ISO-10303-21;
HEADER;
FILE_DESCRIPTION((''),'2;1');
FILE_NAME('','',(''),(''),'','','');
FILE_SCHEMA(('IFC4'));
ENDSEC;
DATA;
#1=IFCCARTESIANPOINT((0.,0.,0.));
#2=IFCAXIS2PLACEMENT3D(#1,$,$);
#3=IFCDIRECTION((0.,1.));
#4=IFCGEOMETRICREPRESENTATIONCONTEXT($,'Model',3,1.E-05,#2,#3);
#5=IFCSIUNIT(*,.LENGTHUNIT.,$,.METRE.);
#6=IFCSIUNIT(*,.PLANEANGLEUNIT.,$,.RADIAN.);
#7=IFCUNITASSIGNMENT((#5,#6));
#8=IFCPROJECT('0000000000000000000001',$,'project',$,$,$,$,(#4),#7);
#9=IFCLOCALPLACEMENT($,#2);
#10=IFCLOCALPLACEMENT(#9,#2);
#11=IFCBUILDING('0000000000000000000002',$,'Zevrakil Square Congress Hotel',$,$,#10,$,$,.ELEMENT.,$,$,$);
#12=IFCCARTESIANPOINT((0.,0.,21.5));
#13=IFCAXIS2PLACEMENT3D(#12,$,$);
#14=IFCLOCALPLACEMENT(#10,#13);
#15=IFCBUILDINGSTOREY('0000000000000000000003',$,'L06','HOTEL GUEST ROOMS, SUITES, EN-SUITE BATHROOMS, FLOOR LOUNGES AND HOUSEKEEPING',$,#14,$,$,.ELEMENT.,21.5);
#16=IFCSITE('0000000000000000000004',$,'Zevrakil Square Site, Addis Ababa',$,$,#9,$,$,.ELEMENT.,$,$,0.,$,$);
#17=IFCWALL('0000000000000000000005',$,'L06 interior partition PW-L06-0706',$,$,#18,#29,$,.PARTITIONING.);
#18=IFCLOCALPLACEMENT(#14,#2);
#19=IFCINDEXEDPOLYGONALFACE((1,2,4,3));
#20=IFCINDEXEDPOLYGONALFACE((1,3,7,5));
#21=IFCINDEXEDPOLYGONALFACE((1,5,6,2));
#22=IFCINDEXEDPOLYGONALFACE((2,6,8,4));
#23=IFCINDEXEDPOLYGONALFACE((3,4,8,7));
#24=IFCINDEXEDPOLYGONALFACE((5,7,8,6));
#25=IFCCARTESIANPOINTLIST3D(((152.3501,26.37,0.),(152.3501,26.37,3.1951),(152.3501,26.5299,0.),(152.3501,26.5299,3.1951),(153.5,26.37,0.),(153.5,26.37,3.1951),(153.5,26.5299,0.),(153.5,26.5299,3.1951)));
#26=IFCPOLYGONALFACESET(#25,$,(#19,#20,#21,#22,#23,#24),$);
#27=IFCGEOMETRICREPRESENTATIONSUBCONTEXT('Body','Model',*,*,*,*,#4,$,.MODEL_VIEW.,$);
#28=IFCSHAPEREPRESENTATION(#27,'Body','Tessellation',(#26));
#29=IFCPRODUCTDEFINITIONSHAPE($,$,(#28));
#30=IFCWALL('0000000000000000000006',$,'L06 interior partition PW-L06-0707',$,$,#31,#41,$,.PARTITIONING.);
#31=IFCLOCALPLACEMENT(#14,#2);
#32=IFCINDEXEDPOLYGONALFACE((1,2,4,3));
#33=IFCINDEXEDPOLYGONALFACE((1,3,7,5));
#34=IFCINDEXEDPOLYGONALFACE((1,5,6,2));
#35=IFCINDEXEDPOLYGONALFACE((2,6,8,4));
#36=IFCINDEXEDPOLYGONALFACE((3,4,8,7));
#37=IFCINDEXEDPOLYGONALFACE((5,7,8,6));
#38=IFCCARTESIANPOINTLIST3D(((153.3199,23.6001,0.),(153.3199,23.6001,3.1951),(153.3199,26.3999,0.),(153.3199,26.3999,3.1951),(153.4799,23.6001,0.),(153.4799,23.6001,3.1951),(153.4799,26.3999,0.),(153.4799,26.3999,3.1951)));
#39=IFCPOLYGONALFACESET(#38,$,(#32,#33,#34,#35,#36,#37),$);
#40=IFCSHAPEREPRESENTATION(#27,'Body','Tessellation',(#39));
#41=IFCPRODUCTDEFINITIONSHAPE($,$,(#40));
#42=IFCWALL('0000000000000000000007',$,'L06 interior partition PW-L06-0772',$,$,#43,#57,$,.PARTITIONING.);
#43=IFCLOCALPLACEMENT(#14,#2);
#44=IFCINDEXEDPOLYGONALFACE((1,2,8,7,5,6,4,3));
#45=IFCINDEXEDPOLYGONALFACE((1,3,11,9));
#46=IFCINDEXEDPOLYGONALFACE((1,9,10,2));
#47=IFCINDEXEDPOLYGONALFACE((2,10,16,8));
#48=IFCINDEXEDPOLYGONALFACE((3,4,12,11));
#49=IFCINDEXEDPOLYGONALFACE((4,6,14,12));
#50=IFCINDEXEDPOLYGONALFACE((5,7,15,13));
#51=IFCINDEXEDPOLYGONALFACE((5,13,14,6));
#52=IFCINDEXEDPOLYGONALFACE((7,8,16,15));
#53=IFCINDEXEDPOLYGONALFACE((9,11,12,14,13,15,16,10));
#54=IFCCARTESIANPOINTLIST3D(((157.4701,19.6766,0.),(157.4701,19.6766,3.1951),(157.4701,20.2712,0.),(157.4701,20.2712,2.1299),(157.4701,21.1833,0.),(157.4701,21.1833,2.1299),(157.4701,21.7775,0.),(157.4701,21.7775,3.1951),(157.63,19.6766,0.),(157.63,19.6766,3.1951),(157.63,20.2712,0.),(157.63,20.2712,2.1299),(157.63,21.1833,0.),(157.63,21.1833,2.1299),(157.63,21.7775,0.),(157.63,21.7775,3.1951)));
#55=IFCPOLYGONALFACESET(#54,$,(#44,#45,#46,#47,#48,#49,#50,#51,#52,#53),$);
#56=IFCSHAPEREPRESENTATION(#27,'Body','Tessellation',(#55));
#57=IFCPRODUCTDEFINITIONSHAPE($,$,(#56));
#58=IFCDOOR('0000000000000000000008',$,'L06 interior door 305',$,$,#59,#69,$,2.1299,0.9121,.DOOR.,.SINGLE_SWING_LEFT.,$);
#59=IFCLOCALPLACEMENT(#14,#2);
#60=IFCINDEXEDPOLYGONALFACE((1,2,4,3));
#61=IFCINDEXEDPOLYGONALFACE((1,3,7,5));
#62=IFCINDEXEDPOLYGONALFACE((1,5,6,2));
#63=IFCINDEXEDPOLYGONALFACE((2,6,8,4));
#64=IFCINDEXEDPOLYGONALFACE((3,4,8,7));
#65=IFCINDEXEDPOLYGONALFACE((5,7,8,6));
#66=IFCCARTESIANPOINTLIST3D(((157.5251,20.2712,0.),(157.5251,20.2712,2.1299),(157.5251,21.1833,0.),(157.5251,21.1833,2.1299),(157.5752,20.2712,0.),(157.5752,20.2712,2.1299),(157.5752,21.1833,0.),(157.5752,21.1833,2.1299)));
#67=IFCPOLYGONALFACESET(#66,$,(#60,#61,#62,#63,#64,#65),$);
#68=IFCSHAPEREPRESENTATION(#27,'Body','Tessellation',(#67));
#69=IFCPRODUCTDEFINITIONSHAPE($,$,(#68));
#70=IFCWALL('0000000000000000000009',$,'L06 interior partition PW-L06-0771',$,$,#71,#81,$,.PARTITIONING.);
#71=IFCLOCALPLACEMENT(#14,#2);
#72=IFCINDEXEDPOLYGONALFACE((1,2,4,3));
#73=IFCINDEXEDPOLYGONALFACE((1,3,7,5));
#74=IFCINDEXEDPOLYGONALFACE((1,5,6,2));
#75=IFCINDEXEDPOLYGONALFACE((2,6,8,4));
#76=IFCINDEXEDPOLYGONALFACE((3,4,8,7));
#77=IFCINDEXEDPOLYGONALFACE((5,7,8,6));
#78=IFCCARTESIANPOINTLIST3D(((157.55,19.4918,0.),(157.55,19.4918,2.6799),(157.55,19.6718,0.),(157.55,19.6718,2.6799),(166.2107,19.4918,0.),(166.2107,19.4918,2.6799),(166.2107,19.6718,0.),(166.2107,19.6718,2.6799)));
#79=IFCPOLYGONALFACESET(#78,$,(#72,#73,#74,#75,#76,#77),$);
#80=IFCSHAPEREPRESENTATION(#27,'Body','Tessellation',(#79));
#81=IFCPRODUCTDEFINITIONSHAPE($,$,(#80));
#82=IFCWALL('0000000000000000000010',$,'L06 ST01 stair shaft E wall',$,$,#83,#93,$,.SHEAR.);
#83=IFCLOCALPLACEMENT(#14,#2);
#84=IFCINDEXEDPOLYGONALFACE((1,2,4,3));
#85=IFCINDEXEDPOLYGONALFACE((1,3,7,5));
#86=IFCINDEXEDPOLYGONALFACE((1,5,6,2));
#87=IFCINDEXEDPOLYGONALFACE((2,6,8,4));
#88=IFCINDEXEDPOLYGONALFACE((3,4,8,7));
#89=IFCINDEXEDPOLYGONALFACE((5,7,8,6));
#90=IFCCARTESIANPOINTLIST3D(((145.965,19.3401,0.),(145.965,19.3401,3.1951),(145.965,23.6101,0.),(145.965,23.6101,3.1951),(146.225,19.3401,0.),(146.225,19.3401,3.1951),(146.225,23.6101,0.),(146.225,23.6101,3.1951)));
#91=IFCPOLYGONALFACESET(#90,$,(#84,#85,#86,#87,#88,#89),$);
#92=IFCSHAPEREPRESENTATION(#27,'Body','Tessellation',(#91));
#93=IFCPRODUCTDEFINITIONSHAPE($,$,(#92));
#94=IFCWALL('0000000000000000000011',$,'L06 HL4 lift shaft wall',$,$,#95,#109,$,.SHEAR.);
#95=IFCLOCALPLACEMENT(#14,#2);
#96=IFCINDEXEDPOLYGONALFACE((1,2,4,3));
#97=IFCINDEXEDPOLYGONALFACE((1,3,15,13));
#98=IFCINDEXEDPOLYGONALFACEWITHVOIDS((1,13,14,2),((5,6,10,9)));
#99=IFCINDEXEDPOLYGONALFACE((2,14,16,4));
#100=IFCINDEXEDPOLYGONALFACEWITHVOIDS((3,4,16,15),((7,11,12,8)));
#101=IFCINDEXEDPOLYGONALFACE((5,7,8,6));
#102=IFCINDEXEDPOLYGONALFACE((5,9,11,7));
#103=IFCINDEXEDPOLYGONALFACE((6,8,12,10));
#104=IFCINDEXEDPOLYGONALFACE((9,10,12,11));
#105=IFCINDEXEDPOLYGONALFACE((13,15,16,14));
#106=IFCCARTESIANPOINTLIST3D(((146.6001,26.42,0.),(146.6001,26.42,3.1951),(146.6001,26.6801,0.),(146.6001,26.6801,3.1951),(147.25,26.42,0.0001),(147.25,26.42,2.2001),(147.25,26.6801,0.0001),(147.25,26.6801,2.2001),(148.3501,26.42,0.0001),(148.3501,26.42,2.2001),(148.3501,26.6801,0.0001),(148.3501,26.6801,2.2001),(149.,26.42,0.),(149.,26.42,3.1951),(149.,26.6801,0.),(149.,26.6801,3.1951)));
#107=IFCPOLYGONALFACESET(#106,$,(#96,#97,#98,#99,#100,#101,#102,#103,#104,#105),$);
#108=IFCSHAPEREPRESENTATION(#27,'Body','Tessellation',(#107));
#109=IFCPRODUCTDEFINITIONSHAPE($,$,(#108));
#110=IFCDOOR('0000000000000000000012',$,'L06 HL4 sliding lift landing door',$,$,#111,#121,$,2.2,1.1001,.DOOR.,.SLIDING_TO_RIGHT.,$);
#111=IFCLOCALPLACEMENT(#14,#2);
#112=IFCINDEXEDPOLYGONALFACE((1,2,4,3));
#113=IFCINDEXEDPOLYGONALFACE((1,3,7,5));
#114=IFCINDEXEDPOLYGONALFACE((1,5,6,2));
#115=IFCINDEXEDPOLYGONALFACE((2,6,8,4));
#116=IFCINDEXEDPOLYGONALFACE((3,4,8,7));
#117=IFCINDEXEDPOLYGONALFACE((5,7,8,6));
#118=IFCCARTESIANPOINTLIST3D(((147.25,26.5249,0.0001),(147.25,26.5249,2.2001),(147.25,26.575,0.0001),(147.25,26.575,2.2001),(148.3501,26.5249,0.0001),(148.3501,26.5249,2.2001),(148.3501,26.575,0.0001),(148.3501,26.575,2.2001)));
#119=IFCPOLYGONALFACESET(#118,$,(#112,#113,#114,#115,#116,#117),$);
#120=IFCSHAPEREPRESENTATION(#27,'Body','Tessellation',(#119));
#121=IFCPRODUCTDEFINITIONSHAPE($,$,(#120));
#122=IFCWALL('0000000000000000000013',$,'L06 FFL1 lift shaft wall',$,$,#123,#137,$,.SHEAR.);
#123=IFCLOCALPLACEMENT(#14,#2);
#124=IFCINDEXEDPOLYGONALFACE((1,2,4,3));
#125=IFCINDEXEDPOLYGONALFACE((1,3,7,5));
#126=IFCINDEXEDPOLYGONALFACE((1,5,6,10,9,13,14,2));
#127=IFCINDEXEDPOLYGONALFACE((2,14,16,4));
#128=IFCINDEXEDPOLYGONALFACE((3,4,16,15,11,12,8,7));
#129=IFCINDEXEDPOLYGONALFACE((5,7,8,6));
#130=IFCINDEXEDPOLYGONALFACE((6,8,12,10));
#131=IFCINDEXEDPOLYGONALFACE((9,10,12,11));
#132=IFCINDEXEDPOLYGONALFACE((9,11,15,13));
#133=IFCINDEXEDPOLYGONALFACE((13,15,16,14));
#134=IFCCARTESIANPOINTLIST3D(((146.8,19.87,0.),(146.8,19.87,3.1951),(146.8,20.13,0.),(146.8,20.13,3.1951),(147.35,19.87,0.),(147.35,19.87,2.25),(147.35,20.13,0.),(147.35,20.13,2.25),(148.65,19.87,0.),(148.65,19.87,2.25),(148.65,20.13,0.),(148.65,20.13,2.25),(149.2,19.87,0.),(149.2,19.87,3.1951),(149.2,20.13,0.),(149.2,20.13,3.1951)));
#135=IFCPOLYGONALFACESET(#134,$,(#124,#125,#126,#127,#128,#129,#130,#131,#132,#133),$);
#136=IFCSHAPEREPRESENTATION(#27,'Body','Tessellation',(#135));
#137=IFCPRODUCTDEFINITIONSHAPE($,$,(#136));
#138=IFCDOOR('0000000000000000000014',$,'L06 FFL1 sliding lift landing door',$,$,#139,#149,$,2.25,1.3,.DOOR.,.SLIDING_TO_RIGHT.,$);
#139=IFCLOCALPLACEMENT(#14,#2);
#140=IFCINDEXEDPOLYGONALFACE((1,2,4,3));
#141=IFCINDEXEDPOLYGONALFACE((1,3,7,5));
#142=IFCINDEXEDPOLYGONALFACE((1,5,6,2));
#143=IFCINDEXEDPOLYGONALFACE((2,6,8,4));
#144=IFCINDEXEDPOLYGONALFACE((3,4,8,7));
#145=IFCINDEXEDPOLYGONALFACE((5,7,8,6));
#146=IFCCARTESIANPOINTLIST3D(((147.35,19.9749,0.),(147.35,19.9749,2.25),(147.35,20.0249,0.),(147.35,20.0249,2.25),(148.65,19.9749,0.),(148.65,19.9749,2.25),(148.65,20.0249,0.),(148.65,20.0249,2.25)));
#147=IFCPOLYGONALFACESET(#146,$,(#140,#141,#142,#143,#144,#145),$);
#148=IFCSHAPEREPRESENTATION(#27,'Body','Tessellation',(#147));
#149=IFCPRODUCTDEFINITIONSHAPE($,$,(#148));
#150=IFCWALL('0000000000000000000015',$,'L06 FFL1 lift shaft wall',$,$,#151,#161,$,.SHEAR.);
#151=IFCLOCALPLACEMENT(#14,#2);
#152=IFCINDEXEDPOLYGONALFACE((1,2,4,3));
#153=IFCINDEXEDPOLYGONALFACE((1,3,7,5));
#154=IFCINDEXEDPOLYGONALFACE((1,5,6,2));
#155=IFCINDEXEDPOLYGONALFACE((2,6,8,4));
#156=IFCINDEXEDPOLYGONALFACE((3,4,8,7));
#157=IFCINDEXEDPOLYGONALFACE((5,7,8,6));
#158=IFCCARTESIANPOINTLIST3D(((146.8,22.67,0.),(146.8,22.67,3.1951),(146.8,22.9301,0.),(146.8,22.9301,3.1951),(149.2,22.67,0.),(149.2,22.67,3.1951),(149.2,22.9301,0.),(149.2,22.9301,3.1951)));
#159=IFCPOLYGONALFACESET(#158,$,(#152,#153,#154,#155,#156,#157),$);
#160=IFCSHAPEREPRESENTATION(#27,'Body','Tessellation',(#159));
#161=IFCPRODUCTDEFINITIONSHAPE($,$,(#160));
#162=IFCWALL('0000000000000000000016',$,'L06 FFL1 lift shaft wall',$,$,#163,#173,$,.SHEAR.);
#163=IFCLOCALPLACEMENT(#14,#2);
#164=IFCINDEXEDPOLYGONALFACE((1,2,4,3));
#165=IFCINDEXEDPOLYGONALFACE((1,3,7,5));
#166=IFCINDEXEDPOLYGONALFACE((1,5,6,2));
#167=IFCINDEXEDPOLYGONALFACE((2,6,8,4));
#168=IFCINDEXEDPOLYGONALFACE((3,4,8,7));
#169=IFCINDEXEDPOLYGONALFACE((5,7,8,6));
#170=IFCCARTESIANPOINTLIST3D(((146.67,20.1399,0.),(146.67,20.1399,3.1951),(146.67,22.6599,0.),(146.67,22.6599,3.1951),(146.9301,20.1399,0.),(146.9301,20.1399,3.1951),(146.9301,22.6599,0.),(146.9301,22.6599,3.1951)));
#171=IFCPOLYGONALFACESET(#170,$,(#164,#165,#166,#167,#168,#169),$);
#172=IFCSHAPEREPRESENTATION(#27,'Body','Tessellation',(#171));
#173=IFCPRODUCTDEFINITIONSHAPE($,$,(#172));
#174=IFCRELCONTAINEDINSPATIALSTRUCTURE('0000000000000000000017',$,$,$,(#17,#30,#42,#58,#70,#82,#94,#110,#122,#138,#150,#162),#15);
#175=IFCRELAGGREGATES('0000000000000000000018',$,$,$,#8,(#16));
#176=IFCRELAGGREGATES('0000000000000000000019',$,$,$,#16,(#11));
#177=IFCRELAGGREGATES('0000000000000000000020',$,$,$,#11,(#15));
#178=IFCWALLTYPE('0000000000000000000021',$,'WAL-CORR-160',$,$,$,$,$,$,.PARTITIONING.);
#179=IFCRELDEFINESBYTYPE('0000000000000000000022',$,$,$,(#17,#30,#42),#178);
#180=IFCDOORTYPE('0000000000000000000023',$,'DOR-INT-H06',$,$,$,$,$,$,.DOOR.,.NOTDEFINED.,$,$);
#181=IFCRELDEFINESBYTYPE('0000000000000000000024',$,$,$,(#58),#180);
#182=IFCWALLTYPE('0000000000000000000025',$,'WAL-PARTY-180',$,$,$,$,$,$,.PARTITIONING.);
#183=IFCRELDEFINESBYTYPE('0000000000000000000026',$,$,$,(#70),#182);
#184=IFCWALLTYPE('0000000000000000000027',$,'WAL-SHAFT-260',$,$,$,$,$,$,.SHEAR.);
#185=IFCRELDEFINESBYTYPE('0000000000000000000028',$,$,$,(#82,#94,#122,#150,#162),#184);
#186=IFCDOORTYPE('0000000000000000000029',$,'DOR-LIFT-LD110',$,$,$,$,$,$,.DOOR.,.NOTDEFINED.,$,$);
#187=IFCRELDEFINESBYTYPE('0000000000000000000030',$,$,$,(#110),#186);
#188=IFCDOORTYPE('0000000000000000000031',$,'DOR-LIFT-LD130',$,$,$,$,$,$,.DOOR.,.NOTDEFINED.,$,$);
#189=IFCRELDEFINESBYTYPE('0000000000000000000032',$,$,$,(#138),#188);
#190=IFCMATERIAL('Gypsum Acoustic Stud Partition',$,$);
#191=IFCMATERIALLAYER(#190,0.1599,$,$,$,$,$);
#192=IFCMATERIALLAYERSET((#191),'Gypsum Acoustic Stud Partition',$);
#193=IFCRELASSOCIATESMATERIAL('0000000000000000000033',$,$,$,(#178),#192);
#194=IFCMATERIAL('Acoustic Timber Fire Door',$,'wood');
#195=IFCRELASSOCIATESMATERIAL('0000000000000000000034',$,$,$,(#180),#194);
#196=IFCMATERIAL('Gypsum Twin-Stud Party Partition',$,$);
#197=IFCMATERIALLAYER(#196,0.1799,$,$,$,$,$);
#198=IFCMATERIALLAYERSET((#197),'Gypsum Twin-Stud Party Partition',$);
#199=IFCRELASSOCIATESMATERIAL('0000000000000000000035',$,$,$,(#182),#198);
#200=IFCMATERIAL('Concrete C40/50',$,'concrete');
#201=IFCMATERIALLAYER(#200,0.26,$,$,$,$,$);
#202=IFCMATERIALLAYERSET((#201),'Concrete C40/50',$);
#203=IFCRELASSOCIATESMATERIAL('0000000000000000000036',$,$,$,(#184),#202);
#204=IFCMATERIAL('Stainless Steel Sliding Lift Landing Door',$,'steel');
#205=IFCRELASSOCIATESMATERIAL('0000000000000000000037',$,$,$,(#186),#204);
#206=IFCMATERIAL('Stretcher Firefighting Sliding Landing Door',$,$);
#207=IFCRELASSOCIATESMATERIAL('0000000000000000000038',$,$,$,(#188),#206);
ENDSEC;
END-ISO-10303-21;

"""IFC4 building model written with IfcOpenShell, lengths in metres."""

from ifc_helpers import new_model, si_unit, direction, frame, frame_2d, origin, place, context, subcontext, project, spatial, rectangle, extrude, material, layer, layer_set, type_object, element, fill, save


model = new_model("IFC4")

# Units and contexts
model_context = context("Model", 3, precision=1e-05, world=origin(), true_north=direction((0.0, 1.0)))
body_context = subcontext(model_context, "Body", "Model", "MODEL_VIEW")
ifc_project = project(units=[si_unit("LENGTHUNIT", "METRE"), si_unit("PLANEANGLEUNIT", "RADIAN")], contexts=[model_context])

# Site, building, storey
site_placement = place(None, origin())
site = spatial("IfcSite", under=ifc_project, at=site_placement, Name="Zevrakil Square Site, Addis Ababa", CompositionType="ELEMENT", RefElevation=0.0)
building_placement = place(site_placement, origin())
building = spatial("IfcBuilding", under=site, at=building_placement, Name="Zevrakil Square Congress Hotel", CompositionType="ELEMENT")
storey_placement = place(building_placement, frame((0.0, 0.0, 21.5)))
storey = spatial("IfcBuildingStorey", under=building, at=storey_placement, Name="L06", Description="HOTEL GUEST ROOMS, SUITES, EN-SUITE BATHROOMS, FLOOR LOUNGES AND HOUSEKEEPING", CompositionType="ELEMENT", Elevation=21.5)

# Walls
ifc_material_1 = material(Name="Gypsum Acoustic Stud Partition")
ifc_layer_1 = layer(ifc_material_1, 0.1599)
ifc_layer_set_1 = layer_set([ifc_layer_1], Name="Gypsum Acoustic Stud Partition")
wall_type_1 = type_object("IfcWallType", Name="WAL-CORR-160", PredefinedType="PARTITIONING", material=ifc_layer_set_1)
wall_1_placement = place(storey_placement, frame((152.3501, 26.45, 0.0), z_axis=(0.0, 0.0, 1.0), x_axis=(1.0, 0.0, 0.0)))
element("IfcWall", 1, at=wall_1_placement, inside=storey, type_object=wall_type_1, Name="L06 interior partition PW-L06-0706", PredefinedType="PARTITIONING", context=body_context, shape_type="SweptSolid", body=[
    extrude(rectangle(XDim=1.1499, YDim=0.1599, at=frame_2d((0.575, 0.0))), origin(), (0.0, 0.0, 1.0), 3.1951),
])
wall_2_placement = place(storey_placement, frame((153.3999, 23.6001, 0.0), z_axis=(0.0, 0.0, 1.0), x_axis=(0.0, 1.0, 0.0)))
element("IfcWall", 2, at=wall_2_placement, inside=storey, type_object=wall_type_1, Name="L06 interior partition PW-L06-0707", PredefinedType="PARTITIONING", context=body_context, shape_type="SweptSolid", body=[
    extrude(rectangle(XDim=2.7998, YDim=0.1599, at=frame_2d((1.3999, 0.0))), origin(), (0.0, 0.0, 1.0), 3.1951),
])

# Wall, opening, door
wall_3_placement = place(storey_placement, frame((157.55, 19.6768, 0.0), z_axis=(0.0, 0.0, 1.0), x_axis=(0.0, 1.0, 0.0)))
wall_3 = element("IfcWall", 3, at=wall_3_placement, inside=storey, type_object=wall_type_1, Name="L06 interior partition PW-L06-0772", PredefinedType="PARTITIONING", context=body_context, shape_type="SweptSolid", body=[
    extrude(rectangle(XDim=2.1008, YDim=0.1599, at=frame_2d((1.0503, 0.0))), origin(), (0.0, 0.0, 1.0), 3.1951),
])
opening_1_placement = place(wall_3_placement, frame((0.5945, 0.0, 0.0)))
opening_1 = element("IfcOpeningElement", 4, at=opening_1_placement, cuts=wall_3, PredefinedType="OPENING", context=body_context, shape_type="SweptSolid", body=[
    extrude(rectangle(XDim=0.9121, YDim=2.1299, at=frame_2d((0.4561, 1.0649))), frame((0.0, 0.0898, 0.0), z_axis=(0.0, -1.0, 0.0), x_axis=(1.0, 0.0, 0.0)), (0.0, 0.0, 1.0), 0.1799),
])
ifc_material_2 = material(Name="Acoustic Timber Fire Door", Category="wood")
door_type_1 = type_object("IfcDoorType", Name="DOR-INT-H06", OperationType="NOTDEFINED", PredefinedType="DOOR", material=ifc_material_2)
door_1_placement = place(opening_1_placement, origin())
door_1 = element("IfcDoor", 5, at=door_1_placement, inside=storey, type_object=door_type_1, Name="L06 interior door 305", OperationType="SINGLE_SWING_LEFT", OverallHeight=2.1299, OverallWidth=0.9121, PredefinedType="DOOR", context=body_context, shape_type="SweptSolid", body=[
    extrude(rectangle(XDim=0.9121, YDim=2.1299, at=frame_2d((0.4561, 1.0649))), frame((0.0, 0.0249, 0.0), z_axis=(0.0, -1.0, 0.0), x_axis=(1.0, 0.0, 0.0)), (0.0, 0.0, 1.0), 0.05),
])
fill(opening_1, door_1)

# Walls
ifc_material_3 = material(Name="Gypsum Twin-Stud Party Partition")
ifc_layer_2 = layer(ifc_material_3, 0.1799)
ifc_layer_set_2 = layer_set([ifc_layer_2], Name="Gypsum Twin-Stud Party Partition")
wall_type_2 = type_object("IfcWallType", Name="WAL-PARTY-180", PredefinedType="PARTITIONING", material=ifc_layer_set_2)
wall_4_placement = place(storey_placement, frame((157.55, 19.5818, 0.0), z_axis=(0.0, 0.0, 1.0), x_axis=(1.0, 0.0, 0.0)))
element("IfcWall", 6, at=wall_4_placement, inside=storey, type_object=wall_type_2, Name="L06 interior partition PW-L06-0771", PredefinedType="PARTITIONING", context=body_context, shape_type="SweptSolid", body=[
    extrude(rectangle(XDim=8.6606, YDim=0.1799, at=frame_2d((4.3303, 0.0))), origin(), (0.0, 0.0, 1.0), 2.6799),
])
ifc_material_4 = material(Name="Concrete C40/50", Category="concrete")
ifc_layer_3 = layer(ifc_material_4, 0.26)
ifc_layer_set_3 = layer_set([ifc_layer_3], Name="Concrete C40/50")
wall_type_3 = type_object("IfcWallType", Name="WAL-SHAFT-260", PredefinedType="SHEAR", material=ifc_layer_set_3)
wall_5_placement = place(storey_placement, frame((146.095, 19.3401, 0.0), z_axis=(0.0, 0.0, 1.0), x_axis=(0.0, 1.0, 0.0)))
element("IfcWall", 7, at=wall_5_placement, inside=storey, type_object=wall_type_3, Name="L06 ST01 stair shaft E wall", PredefinedType="SHEAR", context=body_context, shape_type="SweptSolid", body=[
    extrude(rectangle(XDim=4.27, YDim=0.26, at=frame_2d((2.135, 0.0))), origin(), (0.0, 0.0, 1.0), 3.1951),
])

# Walls, openings, doors
wall_6_placement = place(storey_placement, frame((146.6001, 26.55, 0.0), z_axis=(0.0, 0.0, 1.0), x_axis=(1.0, 0.0, 0.0)))
wall_6 = element("IfcWall", 8, at=wall_6_placement, inside=storey, type_object=wall_type_3, Name="L06 HL4 lift shaft wall", PredefinedType="SHEAR", context=body_context, shape_type="SweptSolid", body=[
    extrude(rectangle(XDim=2.3999, YDim=0.26, at=frame_2d((1.2, 0.0))), origin(), (0.0, 0.0, 1.0), 3.1951),
])
opening_2_placement = place(wall_6_placement, frame((0.6499, 0.0, 0.0)))
opening_2 = element("IfcOpeningElement", 9, at=opening_2_placement, cuts=wall_6, PredefinedType="OPENING", context=body_context, shape_type="SweptSolid", body=[
    extrude(rectangle(XDim=1.1001, YDim=2.2, at=frame_2d((0.55, 1.1001))), frame((0.0, 0.1401, 0.0), z_axis=(0.0, -1.0, 0.0), x_axis=(1.0, 0.0, 0.0)), (0.0, 0.0, 1.0), 0.28),
])
ifc_material_5 = material(Name="Stainless Steel Sliding Lift Landing Door", Category="steel")
door_type_2 = type_object("IfcDoorType", Name="DOR-LIFT-LD110", OperationType="NOTDEFINED", PredefinedType="DOOR", material=ifc_material_5)
door_2_placement = place(opening_2_placement, origin())
door_2 = element("IfcDoor", 10, at=door_2_placement, inside=storey, type_object=door_type_2, Name="L06 HL4 sliding lift landing door", OperationType="SLIDING_TO_RIGHT", OverallHeight=2.2, OverallWidth=1.1001, PredefinedType="DOOR", context=body_context, shape_type="SweptSolid", body=[
    extrude(rectangle(XDim=1.1001, YDim=2.2, at=frame_2d((0.55, 1.1001))), frame((0.0, 0.0249, 0.0), z_axis=(0.0, -1.0, 0.0), x_axis=(1.0, 0.0, 0.0)), (0.0, 0.0, 1.0), 0.05),
])
fill(opening_2, door_2)
wall_7_placement = place(storey_placement, frame((146.8, 20.0, 0.0), z_axis=(0.0, 0.0, 1.0), x_axis=(1.0, 0.0, 0.0)))
wall_7 = element("IfcWall", 11, at=wall_7_placement, inside=storey, type_object=wall_type_3, Name="L06 FFL1 lift shaft wall", PredefinedType="SHEAR", context=body_context, shape_type="SweptSolid", body=[
    extrude(rectangle(XDim=2.3999, YDim=0.26, at=frame_2d((1.2, 0.0))), origin(), (0.0, 0.0, 1.0), 3.1951),
])
opening_3_placement = place(wall_7_placement, frame((0.55, 0.0, 0.0)))
opening_3 = element("IfcOpeningElement", 12, at=opening_3_placement, cuts=wall_7, PredefinedType="OPENING", context=body_context, shape_type="SweptSolid", body=[
    extrude(rectangle(XDim=1.3, YDim=2.25, at=frame_2d((0.6499, 1.125))), frame((0.0, 0.1401, 0.0), z_axis=(0.0, -1.0, 0.0), x_axis=(1.0, 0.0, 0.0)), (0.0, 0.0, 1.0), 0.28),
])
ifc_material_6 = material(Name="Stretcher Firefighting Sliding Landing Door")
door_type_3 = type_object("IfcDoorType", Name="DOR-LIFT-LD130", OperationType="NOTDEFINED", PredefinedType="DOOR", material=ifc_material_6)
door_3_placement = place(opening_3_placement, origin())
door_3 = element("IfcDoor", 13, at=door_3_placement, inside=storey, type_object=door_type_3, Name="L06 FFL1 sliding lift landing door", OperationType="SLIDING_TO_RIGHT", OverallHeight=2.25, OverallWidth=1.3, PredefinedType="DOOR", context=body_context, shape_type="SweptSolid", body=[
    extrude(rectangle(XDim=1.3, YDim=2.25, at=frame_2d((0.6499, 1.125))), frame((0.0, 0.0249, 0.0), z_axis=(0.0, -1.0, 0.0), x_axis=(1.0, 0.0, 0.0)), (0.0, 0.0, 1.0), 0.05),
])
fill(opening_3, door_3)

# Walls
wall_8_placement = place(storey_placement, frame((146.8, 22.8, 0.0), z_axis=(0.0, 0.0, 1.0), x_axis=(1.0, 0.0, 0.0)))
element("IfcWall", 14, at=wall_8_placement, inside=storey, type_object=wall_type_3, Name="L06 FFL1 lift shaft wall", PredefinedType="SHEAR", context=body_context, shape_type="SweptSolid", body=[
    extrude(rectangle(XDim=2.3999, YDim=0.26, at=frame_2d((1.2, 0.0))), origin(), (0.0, 0.0, 1.0), 3.1951),
])
for number, where, z_axis, x_axis, name in (
    (15, (146.8, 20.1399, 0.0), (0.0, 0.0, 1.0), (0.0, 1.0, 0.0), "L06 FFL1 lift shaft wall"),
):
    element("IfcWall", number, at=place(storey_placement, frame(where, z_axis=z_axis, x_axis=x_axis)), inside=storey, type_object=wall_type_3, Name=name, PredefinedType="SHEAR", context=body_context, shape_type="SweptSolid", body=[
        extrude(rectangle(XDim=2.52, YDim=0.26, at=frame_2d((1.26, 0.0))), origin(), (0.0, 0.0, 1.0), 3.1951),
    ])

save(model, "model.ifc")
